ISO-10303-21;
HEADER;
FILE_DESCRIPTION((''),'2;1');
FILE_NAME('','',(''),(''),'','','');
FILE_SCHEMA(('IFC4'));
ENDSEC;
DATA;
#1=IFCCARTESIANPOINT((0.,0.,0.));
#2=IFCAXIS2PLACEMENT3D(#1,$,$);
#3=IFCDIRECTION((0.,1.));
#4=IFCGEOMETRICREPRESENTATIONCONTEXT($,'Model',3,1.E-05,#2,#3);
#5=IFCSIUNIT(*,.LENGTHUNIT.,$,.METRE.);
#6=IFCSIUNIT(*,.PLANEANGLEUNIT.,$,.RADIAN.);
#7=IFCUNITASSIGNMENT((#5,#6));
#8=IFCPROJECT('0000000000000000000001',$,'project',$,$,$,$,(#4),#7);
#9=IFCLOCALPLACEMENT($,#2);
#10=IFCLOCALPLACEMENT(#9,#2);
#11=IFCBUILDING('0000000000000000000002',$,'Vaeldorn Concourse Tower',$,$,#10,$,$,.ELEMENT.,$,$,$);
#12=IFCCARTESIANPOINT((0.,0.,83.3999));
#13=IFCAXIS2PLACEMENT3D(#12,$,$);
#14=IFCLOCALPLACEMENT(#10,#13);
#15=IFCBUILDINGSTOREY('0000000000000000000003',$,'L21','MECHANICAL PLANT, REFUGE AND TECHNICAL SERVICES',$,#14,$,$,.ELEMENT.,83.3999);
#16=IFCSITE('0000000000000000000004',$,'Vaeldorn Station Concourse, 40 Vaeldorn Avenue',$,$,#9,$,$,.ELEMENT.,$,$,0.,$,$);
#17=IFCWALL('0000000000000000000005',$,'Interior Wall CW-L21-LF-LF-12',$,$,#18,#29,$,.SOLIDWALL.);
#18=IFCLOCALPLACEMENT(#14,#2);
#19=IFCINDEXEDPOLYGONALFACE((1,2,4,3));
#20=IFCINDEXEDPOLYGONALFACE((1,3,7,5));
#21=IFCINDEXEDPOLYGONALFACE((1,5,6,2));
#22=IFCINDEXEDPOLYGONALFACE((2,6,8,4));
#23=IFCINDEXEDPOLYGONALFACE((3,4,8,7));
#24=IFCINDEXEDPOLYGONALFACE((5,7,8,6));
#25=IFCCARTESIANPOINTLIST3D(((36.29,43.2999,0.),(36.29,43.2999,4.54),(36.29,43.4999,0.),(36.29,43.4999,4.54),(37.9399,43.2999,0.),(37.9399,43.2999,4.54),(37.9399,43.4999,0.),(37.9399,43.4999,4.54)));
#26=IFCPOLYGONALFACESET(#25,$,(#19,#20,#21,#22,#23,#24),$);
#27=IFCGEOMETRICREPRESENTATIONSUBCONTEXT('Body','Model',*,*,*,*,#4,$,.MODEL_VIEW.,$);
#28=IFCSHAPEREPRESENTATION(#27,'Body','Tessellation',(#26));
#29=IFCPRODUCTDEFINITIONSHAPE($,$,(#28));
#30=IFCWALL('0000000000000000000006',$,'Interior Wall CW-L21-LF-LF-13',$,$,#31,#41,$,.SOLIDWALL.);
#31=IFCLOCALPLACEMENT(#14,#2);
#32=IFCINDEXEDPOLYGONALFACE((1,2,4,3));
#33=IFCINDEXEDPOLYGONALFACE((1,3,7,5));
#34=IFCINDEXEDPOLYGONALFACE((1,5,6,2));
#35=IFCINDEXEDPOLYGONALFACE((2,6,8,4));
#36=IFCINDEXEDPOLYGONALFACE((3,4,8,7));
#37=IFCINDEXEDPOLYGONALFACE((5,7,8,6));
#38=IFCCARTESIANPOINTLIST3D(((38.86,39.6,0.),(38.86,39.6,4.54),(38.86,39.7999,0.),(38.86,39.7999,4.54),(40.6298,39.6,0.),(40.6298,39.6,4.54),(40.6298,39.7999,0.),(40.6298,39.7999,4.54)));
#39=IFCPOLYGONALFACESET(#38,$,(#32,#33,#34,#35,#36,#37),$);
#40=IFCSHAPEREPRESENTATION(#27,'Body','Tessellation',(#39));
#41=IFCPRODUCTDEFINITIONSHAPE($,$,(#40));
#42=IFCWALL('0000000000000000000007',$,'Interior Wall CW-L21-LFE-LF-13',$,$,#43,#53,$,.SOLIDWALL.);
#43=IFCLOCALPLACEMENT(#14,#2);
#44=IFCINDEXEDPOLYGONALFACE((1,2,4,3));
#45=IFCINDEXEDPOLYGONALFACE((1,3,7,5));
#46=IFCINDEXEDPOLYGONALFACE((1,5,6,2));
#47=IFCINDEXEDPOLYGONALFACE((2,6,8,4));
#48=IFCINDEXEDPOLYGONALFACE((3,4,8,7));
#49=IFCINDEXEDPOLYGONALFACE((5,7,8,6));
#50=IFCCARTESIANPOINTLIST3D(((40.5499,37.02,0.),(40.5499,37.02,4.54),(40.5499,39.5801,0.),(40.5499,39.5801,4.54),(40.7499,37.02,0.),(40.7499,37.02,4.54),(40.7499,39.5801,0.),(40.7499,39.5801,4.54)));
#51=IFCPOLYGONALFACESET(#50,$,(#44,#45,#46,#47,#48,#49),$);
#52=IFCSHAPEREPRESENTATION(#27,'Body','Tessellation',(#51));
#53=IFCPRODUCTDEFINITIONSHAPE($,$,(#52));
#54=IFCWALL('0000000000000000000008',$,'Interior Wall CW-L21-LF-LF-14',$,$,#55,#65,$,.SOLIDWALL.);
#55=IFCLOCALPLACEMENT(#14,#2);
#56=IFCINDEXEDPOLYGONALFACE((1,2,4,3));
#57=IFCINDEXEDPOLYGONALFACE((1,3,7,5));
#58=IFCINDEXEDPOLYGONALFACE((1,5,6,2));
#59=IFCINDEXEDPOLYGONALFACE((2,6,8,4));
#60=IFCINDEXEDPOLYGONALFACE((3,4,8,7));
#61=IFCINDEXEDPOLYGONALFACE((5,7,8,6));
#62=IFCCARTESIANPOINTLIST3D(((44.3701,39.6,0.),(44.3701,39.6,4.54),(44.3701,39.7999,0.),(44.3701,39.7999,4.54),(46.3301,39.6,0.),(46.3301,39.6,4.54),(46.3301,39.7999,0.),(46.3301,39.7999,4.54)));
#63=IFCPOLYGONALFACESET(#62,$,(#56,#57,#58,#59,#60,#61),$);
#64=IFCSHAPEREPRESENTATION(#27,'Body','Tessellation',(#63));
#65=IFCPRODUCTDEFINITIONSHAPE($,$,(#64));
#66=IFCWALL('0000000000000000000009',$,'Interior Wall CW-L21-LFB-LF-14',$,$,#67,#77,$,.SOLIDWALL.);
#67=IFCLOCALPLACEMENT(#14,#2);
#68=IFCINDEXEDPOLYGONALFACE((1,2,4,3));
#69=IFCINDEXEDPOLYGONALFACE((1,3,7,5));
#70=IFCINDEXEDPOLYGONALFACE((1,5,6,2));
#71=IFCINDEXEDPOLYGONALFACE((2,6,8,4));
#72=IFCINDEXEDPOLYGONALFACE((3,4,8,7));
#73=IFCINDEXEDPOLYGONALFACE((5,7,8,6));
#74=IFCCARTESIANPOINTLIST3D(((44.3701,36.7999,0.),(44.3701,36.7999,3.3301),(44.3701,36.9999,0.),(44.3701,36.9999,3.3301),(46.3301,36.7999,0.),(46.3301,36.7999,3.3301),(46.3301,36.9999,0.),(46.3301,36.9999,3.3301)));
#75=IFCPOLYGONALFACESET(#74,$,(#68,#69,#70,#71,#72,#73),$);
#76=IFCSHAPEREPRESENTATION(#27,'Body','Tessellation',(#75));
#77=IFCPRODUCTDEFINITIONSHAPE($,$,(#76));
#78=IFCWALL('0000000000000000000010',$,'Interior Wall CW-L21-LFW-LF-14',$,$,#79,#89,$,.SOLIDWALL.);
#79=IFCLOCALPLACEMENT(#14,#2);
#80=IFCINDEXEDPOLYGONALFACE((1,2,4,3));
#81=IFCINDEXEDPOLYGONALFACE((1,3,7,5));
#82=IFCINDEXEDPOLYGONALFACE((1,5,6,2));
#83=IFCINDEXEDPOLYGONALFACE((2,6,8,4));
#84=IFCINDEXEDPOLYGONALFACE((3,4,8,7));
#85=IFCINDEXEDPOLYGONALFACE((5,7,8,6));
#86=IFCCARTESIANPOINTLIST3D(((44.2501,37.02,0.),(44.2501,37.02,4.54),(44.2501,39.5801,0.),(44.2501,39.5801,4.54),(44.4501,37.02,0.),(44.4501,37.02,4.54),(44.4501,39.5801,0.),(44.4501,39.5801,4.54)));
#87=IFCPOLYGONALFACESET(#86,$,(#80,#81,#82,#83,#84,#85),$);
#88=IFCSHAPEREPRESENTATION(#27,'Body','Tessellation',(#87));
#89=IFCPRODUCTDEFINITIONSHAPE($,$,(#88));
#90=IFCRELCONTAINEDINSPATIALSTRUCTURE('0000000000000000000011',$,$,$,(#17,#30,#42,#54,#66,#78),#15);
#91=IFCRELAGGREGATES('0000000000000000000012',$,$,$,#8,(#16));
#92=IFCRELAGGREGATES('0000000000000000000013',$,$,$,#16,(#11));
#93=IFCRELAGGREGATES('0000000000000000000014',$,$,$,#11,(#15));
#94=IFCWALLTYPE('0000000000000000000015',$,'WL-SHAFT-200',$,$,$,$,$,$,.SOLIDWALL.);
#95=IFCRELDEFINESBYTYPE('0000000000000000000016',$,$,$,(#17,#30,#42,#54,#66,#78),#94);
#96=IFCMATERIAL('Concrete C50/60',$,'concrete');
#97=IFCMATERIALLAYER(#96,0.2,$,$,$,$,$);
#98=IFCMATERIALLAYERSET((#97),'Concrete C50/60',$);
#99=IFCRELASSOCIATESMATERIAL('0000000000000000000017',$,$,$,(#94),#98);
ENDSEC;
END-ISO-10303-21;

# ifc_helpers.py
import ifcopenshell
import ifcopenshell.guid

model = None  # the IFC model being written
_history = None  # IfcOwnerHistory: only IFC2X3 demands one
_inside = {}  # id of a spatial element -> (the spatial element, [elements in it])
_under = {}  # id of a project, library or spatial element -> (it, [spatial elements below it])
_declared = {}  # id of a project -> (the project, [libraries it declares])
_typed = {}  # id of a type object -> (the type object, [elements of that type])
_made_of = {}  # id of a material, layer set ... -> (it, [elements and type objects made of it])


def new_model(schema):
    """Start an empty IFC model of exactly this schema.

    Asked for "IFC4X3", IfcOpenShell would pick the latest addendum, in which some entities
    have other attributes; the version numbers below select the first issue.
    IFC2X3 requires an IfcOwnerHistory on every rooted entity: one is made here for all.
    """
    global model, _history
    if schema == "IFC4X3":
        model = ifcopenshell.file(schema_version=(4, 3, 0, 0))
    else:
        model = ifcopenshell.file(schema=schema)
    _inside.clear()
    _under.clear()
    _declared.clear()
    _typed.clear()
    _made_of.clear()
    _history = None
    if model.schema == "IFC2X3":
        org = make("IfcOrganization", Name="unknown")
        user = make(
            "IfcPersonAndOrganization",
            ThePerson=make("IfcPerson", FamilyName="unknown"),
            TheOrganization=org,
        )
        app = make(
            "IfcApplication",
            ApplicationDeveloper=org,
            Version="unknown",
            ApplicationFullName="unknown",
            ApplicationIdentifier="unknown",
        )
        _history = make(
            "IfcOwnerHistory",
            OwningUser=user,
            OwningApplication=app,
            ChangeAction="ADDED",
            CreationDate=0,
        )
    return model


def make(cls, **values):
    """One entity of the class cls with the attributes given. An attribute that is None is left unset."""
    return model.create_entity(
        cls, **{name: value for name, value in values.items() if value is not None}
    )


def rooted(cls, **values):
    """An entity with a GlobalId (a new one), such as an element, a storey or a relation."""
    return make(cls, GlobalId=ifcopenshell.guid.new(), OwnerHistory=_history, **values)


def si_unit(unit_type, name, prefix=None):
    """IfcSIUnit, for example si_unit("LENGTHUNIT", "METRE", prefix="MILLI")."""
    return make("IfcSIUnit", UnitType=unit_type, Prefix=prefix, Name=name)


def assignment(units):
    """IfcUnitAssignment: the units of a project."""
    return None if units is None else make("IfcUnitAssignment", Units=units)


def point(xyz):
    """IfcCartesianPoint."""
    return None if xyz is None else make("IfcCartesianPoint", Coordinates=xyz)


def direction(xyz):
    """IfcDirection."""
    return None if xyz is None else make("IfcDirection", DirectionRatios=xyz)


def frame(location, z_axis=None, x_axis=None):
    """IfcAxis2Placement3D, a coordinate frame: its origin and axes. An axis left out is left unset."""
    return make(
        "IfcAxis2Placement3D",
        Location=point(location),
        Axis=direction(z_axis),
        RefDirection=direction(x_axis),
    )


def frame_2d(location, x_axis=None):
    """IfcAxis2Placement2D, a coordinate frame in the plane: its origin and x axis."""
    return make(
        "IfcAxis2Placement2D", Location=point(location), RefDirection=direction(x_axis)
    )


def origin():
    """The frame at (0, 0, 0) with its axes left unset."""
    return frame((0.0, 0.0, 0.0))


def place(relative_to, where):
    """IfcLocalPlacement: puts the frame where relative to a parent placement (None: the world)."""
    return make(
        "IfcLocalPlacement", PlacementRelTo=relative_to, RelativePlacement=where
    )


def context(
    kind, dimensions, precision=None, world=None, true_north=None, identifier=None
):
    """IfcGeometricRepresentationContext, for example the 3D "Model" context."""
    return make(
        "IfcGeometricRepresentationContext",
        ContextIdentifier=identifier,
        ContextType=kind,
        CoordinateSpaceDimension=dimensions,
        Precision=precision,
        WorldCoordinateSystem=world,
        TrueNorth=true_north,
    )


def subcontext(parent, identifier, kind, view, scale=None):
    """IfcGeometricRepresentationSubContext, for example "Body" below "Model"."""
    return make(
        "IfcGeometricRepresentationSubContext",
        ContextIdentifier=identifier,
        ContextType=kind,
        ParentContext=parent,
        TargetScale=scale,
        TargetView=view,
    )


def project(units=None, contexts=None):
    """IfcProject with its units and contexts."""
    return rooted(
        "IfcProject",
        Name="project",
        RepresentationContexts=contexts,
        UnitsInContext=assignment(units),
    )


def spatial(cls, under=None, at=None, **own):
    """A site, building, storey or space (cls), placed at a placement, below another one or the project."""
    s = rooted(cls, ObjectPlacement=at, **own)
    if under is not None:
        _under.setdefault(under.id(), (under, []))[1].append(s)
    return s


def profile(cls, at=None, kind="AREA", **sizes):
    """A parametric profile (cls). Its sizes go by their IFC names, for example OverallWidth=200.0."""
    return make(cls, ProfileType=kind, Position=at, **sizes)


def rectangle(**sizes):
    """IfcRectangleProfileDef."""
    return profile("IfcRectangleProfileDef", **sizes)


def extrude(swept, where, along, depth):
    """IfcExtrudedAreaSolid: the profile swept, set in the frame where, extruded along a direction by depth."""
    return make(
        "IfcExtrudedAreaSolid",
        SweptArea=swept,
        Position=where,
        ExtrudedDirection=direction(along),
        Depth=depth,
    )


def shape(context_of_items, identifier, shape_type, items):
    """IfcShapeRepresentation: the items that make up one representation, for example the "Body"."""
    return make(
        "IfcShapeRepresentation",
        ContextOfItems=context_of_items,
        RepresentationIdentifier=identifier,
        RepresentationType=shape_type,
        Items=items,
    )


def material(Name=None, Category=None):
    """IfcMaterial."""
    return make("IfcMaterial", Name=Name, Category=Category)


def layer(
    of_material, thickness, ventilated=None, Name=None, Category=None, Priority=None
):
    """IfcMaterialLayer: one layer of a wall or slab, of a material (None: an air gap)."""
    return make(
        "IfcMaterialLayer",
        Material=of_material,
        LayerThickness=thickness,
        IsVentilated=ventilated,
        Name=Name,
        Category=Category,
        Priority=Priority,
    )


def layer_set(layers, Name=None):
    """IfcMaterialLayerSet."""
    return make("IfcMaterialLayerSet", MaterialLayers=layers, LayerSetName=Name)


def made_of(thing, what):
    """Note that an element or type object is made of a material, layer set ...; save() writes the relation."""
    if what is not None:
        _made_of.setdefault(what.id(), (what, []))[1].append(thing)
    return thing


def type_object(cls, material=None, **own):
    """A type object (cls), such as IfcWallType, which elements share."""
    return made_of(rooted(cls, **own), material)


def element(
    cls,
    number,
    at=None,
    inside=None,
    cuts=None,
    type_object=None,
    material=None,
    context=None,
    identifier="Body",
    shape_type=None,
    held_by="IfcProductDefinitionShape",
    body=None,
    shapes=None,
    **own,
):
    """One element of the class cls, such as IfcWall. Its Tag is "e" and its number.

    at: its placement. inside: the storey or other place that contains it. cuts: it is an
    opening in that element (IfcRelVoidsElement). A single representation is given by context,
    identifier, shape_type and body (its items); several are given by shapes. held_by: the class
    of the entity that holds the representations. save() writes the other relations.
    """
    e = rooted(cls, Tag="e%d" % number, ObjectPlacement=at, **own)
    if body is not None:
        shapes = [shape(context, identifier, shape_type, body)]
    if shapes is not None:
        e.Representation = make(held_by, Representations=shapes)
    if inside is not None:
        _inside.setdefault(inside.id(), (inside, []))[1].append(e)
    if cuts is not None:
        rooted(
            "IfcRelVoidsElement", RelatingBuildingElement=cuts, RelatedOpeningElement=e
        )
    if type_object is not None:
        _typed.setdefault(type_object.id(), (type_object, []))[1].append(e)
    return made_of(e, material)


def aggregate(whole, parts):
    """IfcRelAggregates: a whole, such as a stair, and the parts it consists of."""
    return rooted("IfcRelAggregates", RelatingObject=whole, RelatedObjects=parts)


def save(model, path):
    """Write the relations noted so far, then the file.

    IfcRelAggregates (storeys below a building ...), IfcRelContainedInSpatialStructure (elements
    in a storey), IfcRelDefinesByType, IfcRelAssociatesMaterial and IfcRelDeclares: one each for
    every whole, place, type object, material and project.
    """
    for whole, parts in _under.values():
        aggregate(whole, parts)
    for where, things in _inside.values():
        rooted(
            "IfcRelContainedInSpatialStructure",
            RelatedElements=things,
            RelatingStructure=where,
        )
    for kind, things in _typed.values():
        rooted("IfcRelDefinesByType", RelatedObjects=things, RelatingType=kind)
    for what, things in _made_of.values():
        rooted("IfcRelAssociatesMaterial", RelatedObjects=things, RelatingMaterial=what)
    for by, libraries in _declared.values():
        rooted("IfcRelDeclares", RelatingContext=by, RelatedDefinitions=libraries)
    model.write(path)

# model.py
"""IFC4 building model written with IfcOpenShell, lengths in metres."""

from ifc_helpers import new_model, si_unit, direction, frame, frame_2d, origin, place, context, subcontext, project, spatial, rectangle, extrude, material, layer, layer_set, type_object, element, save


model = new_model("IFC4")

# Units and contexts
model_context = context("Model", 3, precision=1e-05, world=origin(), true_north=direction((0.0, 1.0)))
body_context = subcontext(model_context, "Body", "Model", "MODEL_VIEW")
ifc_project = project(units=[si_unit("LENGTHUNIT", "METRE"), si_unit("PLANEANGLEUNIT", "RADIAN")], contexts=[model_context])

# Site, building, storey
site_placement = place(None, origin())
site = spatial("IfcSite", under=ifc_project, at=site_placement, Name="Vaeldorn Station Concourse, 40 Vaeldorn Avenue", CompositionType="ELEMENT", RefElevation=0.0)
building_placement = place(site_placement, origin())
building = spatial("IfcBuilding", under=site, at=building_placement, Name="Vaeldorn Concourse Tower", CompositionType="ELEMENT")
storey_placement = place(building_placement, frame((0.0, 0.0, 83.3999)))
storey = spatial("IfcBuildingStorey", under=building, at=storey_placement, Name="L21", Description="MECHANICAL PLANT, REFUGE AND TECHNICAL SERVICES", CompositionType="ELEMENT", Elevation=83.3999)

# Walls
ifc_material_1 = material(Name="Concrete C50/60", Category="concrete")
ifc_layer_1 = layer(ifc_material_1, 0.2)
ifc_layer_set_1 = layer_set([ifc_layer_1], Name="Concrete C50/60")
wall_type_1 = type_object("IfcWallType", Name="WL-SHAFT-200", PredefinedType="SOLIDWALL", material=ifc_layer_set_1)
wall_1_placement = place(storey_placement, frame((36.29, 43.3999, 0.0), z_axis=(0.0, 0.0, 1.0), x_axis=(1.0, 0.0, 0.0)))
element("IfcWall", 1, at=wall_1_placement, inside=storey, type_object=wall_type_1, Name="Interior Wall CW-L21-LF-LF-12", PredefinedType="SOLIDWALL", context=body_context, shape_type="SweptSolid", body=[
    extrude(rectangle(XDim=1.6499, YDim=0.2, at=frame_2d((0.825, 0.0))), origin(), (0.0, 0.0, 1.0), 4.54),
])
wall_2_placement = place(storey_placement, frame((38.8601, 39.7, 0.0), z_axis=(0.0, 0.0, 1.0), x_axis=(1.0, 0.0, 0.0)))
element("IfcWall", 2, at=wall_2_placement, inside=storey, type_object=wall_type_1, Name="Interior Wall CW-L21-LF-LF-13", PredefinedType="SOLIDWALL", context=body_context, shape_type="SweptSolid", body=[
    extrude(rectangle(XDim=1.7698, YDim=0.2, at=frame_2d((0.8848, 0.0))), origin(), (0.0, 0.0, 1.0), 4.54),
])
wall_3_placement = place(storey_placement, frame((40.6499, 37.02, 0.0), z_axis=(0.0, 0.0, 1.0), x_axis=(0.0, 1.0, 0.0)))
element("IfcWall", 3, at=wall_3_placement, inside=storey, type_object=wall_type_1, Name="Interior Wall CW-L21-LFE-LF-13", PredefinedType="SOLIDWALL", context=body_context, shape_type="SweptSolid", body=[
    extrude(rectangle(XDim=2.5601, YDim=0.2, at=frame_2d((1.28, 0.0))), origin(), (0.0, 0.0, 1.0), 4.54),
])
wall_4_placement = place(storey_placement, frame((44.3701, 39.7, 0.0), z_axis=(0.0, 0.0, 1.0), x_axis=(1.0, 0.0, 0.0)))
element("IfcWall", 4, at=wall_4_placement, inside=storey, type_object=wall_type_1, Name="Interior Wall CW-L21-LF-LF-14", PredefinedType="SOLIDWALL", context=body_context, shape_type="SweptSolid", body=[
    extrude(rectangle(XDim=1.96, YDim=0.2, at=frame_2d((0.98, 0.0))), origin(), (0.0, 0.0, 1.0), 4.54),
])
wall_5_placement = place(storey_placement, frame((44.3701, 36.8999, 0.0), z_axis=(0.0, 0.0, 1.0), x_axis=(1.0, 0.0, 0.0)))
element("IfcWall", 5, at=wall_5_placement, inside=storey, type_object=wall_type_1, Name="Interior Wall CW-L21-LFB-LF-14", PredefinedType="SOLIDWALL", context=body_context, shape_type="SweptSolid", body=[
    extrude(rectangle(XDim=1.96, YDim=0.2, at=frame_2d((0.98, 0.0))), origin(), (0.0, 0.0, 1.0), 3.3301),
])
wall_6_placement = place(storey_placement, frame((44.3501, 37.02, 0.0), z_axis=(0.0, 0.0, 1.0), x_axis=(0.0, 1.0, 0.0)))
element("IfcWall", 6, at=wall_6_placement, inside=storey, type_object=wall_type_1, Name="Interior Wall CW-L21-LFW-LF-14", PredefinedType="SOLIDWALL", context=body_context, shape_type="SweptSolid", body=[
    extrude(rectangle(XDim=2.5601, YDim=0.2, at=frame_2d((1.28, 0.0))), origin(), (0.0, 0.0, 1.0), 4.54),
])

save(model, "model.ifc")
